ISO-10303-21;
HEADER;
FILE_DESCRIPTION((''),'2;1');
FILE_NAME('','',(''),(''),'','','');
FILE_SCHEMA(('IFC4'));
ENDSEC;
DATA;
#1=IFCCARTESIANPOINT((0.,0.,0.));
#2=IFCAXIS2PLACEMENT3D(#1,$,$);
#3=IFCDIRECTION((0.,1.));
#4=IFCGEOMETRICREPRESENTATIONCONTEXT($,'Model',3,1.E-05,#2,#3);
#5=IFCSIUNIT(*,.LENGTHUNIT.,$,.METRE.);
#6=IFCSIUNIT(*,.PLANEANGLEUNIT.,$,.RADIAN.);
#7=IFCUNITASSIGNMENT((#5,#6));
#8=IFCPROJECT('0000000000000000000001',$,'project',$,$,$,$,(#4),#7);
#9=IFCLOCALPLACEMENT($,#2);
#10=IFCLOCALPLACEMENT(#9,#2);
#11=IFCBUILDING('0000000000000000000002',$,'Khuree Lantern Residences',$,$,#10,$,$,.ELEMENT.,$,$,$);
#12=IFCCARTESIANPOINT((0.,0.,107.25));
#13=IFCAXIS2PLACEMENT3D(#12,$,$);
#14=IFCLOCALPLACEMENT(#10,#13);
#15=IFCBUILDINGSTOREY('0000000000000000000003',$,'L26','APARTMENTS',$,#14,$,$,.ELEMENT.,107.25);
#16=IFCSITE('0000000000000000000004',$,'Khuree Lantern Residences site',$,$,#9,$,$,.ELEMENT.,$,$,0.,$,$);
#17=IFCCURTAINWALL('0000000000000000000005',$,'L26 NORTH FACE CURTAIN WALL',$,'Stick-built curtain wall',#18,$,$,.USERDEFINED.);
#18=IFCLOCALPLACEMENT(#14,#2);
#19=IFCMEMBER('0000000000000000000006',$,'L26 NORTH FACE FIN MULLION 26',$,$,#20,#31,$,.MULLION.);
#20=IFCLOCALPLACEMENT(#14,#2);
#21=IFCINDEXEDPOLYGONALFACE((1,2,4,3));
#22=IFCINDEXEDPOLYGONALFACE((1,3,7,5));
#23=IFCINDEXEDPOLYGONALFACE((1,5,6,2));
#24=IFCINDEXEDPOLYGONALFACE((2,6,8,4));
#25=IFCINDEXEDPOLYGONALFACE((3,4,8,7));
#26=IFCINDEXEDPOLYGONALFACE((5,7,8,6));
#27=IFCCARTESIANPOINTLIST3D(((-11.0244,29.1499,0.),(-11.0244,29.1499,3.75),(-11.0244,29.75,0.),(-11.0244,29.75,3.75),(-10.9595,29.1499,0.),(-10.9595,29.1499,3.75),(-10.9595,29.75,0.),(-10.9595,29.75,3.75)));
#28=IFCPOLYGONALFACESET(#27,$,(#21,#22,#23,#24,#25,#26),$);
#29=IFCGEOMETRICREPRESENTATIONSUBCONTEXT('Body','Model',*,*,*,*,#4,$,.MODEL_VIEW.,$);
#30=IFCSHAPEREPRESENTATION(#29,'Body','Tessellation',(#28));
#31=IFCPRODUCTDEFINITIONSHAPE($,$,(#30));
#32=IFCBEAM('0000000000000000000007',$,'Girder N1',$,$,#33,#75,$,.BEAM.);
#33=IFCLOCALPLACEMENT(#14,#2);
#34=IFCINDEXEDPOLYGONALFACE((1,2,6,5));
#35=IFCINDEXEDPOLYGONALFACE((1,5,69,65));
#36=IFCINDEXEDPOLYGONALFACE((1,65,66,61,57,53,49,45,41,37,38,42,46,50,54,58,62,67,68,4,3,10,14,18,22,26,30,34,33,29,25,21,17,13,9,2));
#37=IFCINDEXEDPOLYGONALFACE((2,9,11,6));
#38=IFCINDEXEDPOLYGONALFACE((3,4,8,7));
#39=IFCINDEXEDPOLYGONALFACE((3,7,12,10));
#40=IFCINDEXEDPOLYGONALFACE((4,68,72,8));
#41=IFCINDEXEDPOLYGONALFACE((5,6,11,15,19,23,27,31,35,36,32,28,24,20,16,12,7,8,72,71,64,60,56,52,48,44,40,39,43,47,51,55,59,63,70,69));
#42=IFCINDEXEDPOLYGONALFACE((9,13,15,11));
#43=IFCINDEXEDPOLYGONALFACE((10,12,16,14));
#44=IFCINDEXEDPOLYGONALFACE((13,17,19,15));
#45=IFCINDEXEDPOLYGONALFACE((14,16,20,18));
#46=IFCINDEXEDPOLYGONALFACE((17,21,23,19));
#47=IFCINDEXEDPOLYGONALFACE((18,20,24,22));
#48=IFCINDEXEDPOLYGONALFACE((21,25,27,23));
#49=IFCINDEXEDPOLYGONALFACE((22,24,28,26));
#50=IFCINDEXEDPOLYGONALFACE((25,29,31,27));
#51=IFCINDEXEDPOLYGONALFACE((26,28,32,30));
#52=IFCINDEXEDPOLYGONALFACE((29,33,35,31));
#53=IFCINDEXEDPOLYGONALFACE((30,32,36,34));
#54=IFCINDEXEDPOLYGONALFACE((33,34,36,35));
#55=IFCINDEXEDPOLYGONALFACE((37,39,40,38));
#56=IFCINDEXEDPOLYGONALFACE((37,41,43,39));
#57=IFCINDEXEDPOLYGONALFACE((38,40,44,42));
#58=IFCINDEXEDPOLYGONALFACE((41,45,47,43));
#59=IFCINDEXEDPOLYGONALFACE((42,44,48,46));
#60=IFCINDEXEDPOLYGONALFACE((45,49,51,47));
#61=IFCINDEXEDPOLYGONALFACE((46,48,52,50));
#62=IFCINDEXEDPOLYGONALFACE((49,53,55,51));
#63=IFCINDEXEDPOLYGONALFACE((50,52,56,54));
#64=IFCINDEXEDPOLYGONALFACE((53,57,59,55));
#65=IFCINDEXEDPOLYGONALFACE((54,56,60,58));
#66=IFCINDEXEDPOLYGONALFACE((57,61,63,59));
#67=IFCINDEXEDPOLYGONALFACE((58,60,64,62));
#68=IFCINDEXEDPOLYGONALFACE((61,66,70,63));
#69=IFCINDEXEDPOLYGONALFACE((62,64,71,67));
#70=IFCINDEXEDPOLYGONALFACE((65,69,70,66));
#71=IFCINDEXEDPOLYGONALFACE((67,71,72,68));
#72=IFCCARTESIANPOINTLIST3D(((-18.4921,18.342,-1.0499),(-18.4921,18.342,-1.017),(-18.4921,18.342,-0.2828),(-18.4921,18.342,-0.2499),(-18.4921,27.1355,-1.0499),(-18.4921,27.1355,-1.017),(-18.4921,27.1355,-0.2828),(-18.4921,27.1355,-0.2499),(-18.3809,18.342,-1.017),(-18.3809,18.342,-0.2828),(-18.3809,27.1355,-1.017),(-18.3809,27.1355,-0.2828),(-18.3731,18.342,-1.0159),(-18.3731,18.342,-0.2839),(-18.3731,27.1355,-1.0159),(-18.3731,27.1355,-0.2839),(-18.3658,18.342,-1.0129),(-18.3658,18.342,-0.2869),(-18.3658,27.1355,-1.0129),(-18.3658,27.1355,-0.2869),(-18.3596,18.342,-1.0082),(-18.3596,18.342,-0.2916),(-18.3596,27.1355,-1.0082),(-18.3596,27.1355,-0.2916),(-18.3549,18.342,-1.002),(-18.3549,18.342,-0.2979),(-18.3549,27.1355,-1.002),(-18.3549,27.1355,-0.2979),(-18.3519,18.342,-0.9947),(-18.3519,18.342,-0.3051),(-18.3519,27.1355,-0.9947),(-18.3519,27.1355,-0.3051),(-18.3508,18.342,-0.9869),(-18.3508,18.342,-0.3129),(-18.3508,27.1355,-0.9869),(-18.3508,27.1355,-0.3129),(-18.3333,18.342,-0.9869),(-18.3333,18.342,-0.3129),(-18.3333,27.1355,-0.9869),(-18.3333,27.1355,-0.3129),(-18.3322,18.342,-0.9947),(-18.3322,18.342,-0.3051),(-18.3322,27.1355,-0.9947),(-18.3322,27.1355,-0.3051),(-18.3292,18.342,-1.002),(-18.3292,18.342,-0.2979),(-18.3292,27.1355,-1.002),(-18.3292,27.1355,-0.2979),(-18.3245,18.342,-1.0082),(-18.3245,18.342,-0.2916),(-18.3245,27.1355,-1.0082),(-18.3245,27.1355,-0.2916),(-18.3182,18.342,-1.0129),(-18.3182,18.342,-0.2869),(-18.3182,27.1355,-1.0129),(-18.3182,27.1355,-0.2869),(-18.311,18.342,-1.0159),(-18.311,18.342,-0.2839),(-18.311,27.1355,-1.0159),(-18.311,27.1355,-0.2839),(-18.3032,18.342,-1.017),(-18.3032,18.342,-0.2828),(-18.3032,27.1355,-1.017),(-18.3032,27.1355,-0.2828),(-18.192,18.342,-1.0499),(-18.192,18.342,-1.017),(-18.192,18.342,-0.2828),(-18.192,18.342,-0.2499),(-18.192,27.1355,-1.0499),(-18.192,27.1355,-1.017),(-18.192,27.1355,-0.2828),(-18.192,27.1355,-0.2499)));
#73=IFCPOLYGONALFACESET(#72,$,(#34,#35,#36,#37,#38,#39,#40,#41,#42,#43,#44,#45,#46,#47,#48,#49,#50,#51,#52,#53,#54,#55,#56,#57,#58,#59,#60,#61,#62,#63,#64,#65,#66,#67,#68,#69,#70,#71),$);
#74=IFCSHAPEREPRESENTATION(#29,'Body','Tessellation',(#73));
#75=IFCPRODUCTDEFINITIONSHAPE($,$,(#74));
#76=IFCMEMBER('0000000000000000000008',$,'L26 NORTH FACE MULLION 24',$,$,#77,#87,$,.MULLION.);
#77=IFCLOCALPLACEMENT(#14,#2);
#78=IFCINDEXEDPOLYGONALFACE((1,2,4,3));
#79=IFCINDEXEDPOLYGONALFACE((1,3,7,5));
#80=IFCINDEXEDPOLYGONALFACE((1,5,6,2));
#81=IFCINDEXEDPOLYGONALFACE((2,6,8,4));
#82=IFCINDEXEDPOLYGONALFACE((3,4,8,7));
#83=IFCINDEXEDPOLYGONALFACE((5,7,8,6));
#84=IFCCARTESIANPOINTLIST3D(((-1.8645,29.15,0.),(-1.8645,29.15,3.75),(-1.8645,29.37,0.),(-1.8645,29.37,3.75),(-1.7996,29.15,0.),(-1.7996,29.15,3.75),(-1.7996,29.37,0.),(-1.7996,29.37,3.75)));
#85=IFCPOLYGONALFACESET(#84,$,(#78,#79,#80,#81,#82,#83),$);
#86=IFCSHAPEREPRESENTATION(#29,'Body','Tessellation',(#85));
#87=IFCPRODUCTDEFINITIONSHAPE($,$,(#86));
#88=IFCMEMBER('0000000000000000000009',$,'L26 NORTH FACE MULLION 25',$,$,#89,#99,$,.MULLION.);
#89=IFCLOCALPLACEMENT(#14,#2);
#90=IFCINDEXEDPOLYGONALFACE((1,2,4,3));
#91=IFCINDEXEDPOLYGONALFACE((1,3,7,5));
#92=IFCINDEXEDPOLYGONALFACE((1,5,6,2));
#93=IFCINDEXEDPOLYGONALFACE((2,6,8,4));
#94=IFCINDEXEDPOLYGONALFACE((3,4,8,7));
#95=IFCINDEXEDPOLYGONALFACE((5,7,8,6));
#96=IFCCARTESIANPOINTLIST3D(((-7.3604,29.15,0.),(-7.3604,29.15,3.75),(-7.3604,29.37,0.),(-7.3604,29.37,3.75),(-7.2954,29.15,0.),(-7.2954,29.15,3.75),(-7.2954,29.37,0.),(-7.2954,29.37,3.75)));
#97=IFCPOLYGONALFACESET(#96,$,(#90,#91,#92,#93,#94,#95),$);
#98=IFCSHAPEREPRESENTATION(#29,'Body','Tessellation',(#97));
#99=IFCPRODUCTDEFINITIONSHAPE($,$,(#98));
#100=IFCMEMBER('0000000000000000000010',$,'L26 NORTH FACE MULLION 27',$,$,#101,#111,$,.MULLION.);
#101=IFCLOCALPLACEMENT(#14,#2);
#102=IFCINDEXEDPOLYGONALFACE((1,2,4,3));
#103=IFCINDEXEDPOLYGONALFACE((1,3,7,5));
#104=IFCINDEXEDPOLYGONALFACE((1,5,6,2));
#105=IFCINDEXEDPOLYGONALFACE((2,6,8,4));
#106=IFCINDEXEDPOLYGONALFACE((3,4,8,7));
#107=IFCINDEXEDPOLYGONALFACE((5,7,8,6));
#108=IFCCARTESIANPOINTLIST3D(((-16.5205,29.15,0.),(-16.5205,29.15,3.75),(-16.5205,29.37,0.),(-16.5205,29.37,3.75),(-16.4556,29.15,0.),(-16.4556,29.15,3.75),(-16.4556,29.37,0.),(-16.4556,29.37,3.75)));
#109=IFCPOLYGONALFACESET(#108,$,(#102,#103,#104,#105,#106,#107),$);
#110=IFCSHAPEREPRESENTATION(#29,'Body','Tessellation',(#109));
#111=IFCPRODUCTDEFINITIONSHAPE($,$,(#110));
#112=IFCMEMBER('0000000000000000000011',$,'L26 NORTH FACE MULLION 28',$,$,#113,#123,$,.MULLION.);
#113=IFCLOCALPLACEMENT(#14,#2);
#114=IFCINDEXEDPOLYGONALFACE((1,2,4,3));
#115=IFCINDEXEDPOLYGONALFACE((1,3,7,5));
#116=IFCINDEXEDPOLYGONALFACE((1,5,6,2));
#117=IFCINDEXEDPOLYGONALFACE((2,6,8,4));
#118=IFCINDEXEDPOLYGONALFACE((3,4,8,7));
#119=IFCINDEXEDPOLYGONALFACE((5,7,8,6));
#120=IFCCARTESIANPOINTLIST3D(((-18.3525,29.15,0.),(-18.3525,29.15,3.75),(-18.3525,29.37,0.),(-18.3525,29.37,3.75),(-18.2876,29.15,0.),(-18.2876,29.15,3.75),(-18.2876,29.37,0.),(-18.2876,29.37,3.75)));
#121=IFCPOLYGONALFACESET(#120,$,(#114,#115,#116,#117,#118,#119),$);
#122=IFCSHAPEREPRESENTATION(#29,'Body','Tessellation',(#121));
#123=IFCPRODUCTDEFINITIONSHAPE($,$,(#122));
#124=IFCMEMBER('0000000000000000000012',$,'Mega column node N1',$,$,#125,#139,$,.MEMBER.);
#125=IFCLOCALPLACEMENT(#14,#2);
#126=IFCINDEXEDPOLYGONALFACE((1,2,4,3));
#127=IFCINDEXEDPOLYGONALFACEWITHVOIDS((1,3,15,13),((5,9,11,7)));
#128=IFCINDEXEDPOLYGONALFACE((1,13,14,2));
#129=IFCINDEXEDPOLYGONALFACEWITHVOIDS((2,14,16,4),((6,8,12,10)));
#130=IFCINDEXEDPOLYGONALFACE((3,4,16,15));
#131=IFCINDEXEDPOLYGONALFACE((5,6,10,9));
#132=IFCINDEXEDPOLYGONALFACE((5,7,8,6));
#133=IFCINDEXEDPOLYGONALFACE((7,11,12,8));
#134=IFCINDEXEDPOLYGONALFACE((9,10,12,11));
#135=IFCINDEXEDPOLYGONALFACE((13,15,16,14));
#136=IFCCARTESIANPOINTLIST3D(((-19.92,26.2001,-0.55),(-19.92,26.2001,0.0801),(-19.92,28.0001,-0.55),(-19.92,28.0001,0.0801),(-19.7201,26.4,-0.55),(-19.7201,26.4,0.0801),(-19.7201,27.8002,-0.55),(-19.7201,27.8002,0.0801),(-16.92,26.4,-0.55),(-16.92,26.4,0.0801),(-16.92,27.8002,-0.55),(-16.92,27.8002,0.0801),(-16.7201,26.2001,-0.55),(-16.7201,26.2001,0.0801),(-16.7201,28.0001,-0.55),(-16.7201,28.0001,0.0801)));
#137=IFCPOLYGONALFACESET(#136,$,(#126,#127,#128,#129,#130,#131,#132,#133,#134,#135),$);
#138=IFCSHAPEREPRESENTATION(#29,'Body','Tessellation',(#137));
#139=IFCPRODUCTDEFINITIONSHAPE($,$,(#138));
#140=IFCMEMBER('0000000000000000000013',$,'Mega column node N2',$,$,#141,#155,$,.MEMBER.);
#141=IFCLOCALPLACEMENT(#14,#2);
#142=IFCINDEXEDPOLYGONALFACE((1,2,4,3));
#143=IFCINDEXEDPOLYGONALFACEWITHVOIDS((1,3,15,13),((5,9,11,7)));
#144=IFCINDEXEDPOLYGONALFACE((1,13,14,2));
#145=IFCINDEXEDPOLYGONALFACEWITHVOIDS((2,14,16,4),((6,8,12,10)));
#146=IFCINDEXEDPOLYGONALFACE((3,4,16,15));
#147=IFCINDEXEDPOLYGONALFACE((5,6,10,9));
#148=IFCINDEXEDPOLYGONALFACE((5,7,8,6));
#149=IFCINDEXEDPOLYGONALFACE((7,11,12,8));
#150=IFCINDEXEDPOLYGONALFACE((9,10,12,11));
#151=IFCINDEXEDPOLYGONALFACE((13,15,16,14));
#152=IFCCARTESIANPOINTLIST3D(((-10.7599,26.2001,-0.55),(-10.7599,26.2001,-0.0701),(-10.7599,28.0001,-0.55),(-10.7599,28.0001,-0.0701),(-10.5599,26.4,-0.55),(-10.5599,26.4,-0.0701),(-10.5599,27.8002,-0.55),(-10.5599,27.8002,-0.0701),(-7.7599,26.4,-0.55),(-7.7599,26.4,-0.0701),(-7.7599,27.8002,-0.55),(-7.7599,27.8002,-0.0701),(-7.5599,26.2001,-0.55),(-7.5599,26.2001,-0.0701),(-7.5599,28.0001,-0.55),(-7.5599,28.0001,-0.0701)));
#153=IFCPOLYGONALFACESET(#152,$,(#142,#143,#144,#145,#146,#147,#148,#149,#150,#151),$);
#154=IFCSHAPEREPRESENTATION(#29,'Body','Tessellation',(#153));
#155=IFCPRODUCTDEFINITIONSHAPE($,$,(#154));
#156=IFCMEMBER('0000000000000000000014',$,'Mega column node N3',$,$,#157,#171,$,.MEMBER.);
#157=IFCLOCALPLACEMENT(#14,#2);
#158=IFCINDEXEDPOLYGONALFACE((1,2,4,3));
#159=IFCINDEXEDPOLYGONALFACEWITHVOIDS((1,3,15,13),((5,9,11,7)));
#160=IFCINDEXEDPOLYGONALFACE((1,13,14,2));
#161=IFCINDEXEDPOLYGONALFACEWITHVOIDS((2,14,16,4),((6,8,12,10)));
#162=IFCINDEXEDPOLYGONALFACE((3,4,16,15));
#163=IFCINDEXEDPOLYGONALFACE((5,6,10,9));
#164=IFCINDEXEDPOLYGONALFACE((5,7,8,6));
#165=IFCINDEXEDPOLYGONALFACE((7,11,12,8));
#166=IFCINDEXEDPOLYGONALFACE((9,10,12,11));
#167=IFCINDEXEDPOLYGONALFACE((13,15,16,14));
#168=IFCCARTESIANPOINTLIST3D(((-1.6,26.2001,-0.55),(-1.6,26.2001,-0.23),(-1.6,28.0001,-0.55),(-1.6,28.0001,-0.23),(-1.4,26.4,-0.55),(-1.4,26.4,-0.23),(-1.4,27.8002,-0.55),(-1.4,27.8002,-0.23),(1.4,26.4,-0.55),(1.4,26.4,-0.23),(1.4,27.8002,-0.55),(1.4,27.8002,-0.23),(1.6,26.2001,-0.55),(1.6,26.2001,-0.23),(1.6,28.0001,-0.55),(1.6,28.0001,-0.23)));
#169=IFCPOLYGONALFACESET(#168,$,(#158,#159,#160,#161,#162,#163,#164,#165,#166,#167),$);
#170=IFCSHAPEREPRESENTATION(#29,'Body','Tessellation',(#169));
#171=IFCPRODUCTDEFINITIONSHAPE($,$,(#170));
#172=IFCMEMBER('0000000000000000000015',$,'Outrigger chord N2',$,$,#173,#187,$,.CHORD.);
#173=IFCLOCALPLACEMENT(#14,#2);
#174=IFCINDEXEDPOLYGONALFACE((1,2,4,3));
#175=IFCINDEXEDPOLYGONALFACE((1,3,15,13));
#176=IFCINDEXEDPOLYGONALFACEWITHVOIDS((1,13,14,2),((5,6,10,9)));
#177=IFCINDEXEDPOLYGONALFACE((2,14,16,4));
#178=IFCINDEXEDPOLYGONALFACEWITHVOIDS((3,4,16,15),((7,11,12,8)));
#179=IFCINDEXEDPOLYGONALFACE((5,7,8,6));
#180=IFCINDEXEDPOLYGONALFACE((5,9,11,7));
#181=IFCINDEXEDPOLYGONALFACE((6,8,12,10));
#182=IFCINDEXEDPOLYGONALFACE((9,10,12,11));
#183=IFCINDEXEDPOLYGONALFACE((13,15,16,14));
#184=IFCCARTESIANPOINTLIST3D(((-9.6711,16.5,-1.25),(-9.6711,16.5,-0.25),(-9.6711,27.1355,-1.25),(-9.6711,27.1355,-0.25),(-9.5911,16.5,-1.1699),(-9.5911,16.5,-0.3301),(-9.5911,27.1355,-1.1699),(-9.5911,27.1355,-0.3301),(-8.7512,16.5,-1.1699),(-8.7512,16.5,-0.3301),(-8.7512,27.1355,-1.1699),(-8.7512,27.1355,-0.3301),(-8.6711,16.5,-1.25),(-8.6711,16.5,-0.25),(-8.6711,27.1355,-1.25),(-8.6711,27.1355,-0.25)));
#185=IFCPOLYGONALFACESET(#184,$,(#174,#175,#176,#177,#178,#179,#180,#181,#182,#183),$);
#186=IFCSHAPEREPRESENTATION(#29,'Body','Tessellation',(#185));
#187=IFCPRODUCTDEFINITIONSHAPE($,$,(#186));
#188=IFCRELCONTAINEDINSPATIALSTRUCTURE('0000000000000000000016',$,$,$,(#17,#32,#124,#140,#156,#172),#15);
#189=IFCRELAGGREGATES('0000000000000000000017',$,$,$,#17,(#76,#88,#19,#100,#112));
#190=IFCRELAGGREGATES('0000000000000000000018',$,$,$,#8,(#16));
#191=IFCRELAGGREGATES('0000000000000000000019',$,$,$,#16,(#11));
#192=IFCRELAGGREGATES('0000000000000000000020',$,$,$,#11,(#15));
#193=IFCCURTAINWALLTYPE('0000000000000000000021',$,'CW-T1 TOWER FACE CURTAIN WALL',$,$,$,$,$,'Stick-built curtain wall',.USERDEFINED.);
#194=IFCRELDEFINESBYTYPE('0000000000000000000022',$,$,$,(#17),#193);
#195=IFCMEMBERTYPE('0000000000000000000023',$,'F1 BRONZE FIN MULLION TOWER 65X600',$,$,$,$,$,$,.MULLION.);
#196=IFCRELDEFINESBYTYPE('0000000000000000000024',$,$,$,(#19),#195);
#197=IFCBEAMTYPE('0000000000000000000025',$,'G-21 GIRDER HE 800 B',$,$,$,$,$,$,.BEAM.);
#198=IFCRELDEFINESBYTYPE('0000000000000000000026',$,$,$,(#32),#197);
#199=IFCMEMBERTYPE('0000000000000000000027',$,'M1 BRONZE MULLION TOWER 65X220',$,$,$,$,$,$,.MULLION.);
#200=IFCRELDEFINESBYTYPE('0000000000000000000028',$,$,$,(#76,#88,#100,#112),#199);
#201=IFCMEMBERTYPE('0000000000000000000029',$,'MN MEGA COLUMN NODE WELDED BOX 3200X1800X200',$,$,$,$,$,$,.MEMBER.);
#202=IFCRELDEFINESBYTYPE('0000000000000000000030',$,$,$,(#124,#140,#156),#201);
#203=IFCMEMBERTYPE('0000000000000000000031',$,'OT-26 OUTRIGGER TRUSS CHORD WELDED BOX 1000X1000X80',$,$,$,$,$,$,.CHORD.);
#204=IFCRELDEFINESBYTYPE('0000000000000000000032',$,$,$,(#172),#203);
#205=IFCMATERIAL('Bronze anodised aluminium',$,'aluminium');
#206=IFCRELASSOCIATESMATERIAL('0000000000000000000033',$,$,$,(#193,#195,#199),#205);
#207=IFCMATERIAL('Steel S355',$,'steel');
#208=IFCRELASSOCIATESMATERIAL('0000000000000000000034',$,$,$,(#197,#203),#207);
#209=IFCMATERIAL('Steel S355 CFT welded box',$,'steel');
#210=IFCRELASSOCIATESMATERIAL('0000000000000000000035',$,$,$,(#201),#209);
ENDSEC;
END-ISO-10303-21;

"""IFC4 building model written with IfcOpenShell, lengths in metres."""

from ifc_helpers import new_model, si_unit, direction, frame, origin, origin_2d, place, context, subcontext, project, spatial, rectangle, hollow_rectangle, i_section, extrude, material, material_profile, profile_set, type_object, element, aggregate, save


model = new_model("IFC4")

# Units and contexts
model_context = context("Model", 3, precision=1e-05, world=origin(), true_north=direction((0.0, 1.0)))
body_context = subcontext(model_context, "Body", "Model", "MODEL_VIEW")
ifc_project = project(units=[si_unit("LENGTHUNIT", "METRE"), si_unit("PLANEANGLEUNIT", "RADIAN")], contexts=[model_context])

# Site, building, storey
site_placement = place(None, origin())
site = spatial("IfcSite", under=ifc_project, at=site_placement, Name="Khuree Lantern Residences site", CompositionType="ELEMENT", RefElevation=0.0)
building_placement = place(site_placement, origin())
building = spatial("IfcBuilding", under=site, at=building_placement, Name="Khuree Lantern Residences", CompositionType="ELEMENT")
storey_placement = place(building_placement, frame((0.0, 0.0, 107.25)))
storey = spatial("IfcBuildingStorey", under=building, at=storey_placement, Name="L26", Description="APARTMENTS", CompositionType="ELEMENT", Elevation=107.25)

# Shared definitions
ifc_material_1 = material(Name="Steel S355 CFT welded box", Category="steel")

# Shared definitions
ifc_material_2 = material(Name="Steel S355", Category="steel")

# Curtain wall, member
ifc_material_3 = material(Name="Bronze anodised aluminium", Category="aluminium")
curtain_wall_type = type_object("IfcCurtainWallType", Name="CW-T1 TOWER FACE CURTAIN WALL", ElementType="Stick-built curtain wall", PredefinedType="USERDEFINED", material=ifc_material_3)
curtain_wall_placement = place(storey_placement, origin())
curtain_wall = element("IfcCurtainWall", 1, at=curtain_wall_placement, inside=storey, type_object=curtain_wall_type, Name="L26 NORTH FACE CURTAIN WALL", ObjectType="Stick-built curtain wall", PredefinedType="USERDEFINED")
ifc_material_profile_1 = material_profile(ifc_material_3, rectangle(XDim=0.0649, YDim=0.6001, at=origin_2d()), Name="F1 65X600")
ifc_profile_set_1 = profile_set([ifc_material_profile_1], Name="Bronze anodised aluminium")
member_type_1 = type_object("IfcMemberType", Name="F1 BRONZE FIN MULLION TOWER 65X600", PredefinedType="MULLION", material=ifc_profile_set_1)
member_1_placement = place(storey_placement, frame((-10.9919, 29.45, 0.0), z_axis=(0.0, 0.0, 1.0), x_axis=(-1.0, 0.0, 0.0)))
member_1 = element("IfcMember", 2, at=member_1_placement, type_object=member_type_1, Name="L26 NORTH FACE FIN MULLION 26", PredefinedType="MULLION", context=body_context, shape_type="SweptSolid", body=[
    extrude(rectangle(XDim=0.0649, YDim=0.6001, at=origin_2d()), origin(), (0.0, 0.0, 1.0), 3.75),
])

# Beam
ifc_material_profile_2 = material_profile(ifc_material_2, i_section(OverallWidth=0.3, OverallDepth=0.8, WebThickness=0.0176, FlangeThickness=0.033, FilletRadius=0.03, at=origin_2d()), Name="HE 800 B")
ifc_profile_set_2 = profile_set([ifc_material_profile_2], Name="Steel S355")
beam_type_1 = type_object("IfcBeamType", Name="G-21 GIRDER HE 800 B", PredefinedType="BEAM", material=ifc_profile_set_2)
beam_placement = place(storey_placement, frame((-18.342, 27.1355, -0.6499), z_axis=(0.0, -1.0, 0.0), x_axis=(1.0, 0.0, 0.0)))
element("IfcBeam", 3, at=beam_placement, inside=storey, type_object=beam_type_1, Name="Girder N1", PredefinedType="BEAM", context=body_context, shape_type="SweptSolid", body=[
    extrude(i_section(OverallWidth=0.3, OverallDepth=0.8, WebThickness=0.0176, FlangeThickness=0.033, FilletRadius=0.03, at=origin_2d()), origin(), (0.0, 0.0, 1.0), 8.7935),
])

# Members
ifc_material_profile_3 = material_profile(ifc_material_3, rectangle(XDim=0.0649, YDim=0.22, at=origin_2d()), Name="M1 65X220")
ifc_profile_set_3 = profile_set([ifc_material_profile_3], Name="Bronze anodised aluminium")
member_type_2 = type_object("IfcMemberType", Name="M1 BRONZE MULLION TOWER 65X220", PredefinedType="MULLION", material=ifc_profile_set_3)
member_2_placement = place(storey_placement, frame((-1.832, 29.26, 0.0), z_axis=(0.0, 0.0, 1.0), x_axis=(-1.0, 0.0, 0.0)))
member_2 = element("IfcMember", 4, at=member_2_placement, type_object=member_type_2, Name="L26 NORTH FACE MULLION 24", PredefinedType="MULLION", context=body_context, shape_type="SweptSolid", body=[
    extrude(rectangle(XDim=0.0649, YDim=0.22, at=origin_2d()), origin(), (0.0, 0.0, 1.0), 3.75),
])
member_3_placement = place(storey_placement, frame((-7.3279, 29.26, 0.0), z_axis=(0.0, 0.0, 1.0), x_axis=(-1.0, 0.0, 0.0)))
member_3 = element("IfcMember", 5, at=member_3_placement, type_object=member_type_2, Name="L26 NORTH FACE MULLION 25", PredefinedType="MULLION", context=body_context, shape_type="SweptSolid", body=[
    extrude(rectangle(XDim=0.0649, YDim=0.22, at=origin_2d()), origin(), (0.0, 0.0, 1.0), 3.75),
])
member_4_placement = place(storey_placement, frame((-16.488, 29.26, 0.0), z_axis=(0.0, 0.0, 1.0), x_axis=(-1.0, 0.0, 0.0)))
member_4 = element("IfcMember", 6, at=member_4_placement, type_object=member_type_2, Name="L26 NORTH FACE MULLION 27", PredefinedType="MULLION", context=body_context, shape_type="SweptSolid", body=[
    extrude(rectangle(XDim=0.0649, YDim=0.22, at=origin_2d()), origin(), (0.0, 0.0, 1.0), 3.75),
])
member_5_placement = place(storey_placement, frame((-18.3201, 29.26, 0.0), z_axis=(0.0, 0.0, 1.0), x_axis=(-1.0, 0.0, 0.0)))
member_5 = element("IfcMember", 7, at=member_5_placement, type_object=member_type_2, Name="L26 NORTH FACE MULLION 28", PredefinedType="MULLION", context=body_context, shape_type="SweptSolid", body=[
    extrude(rectangle(XDim=0.0649, YDim=0.22, at=origin_2d()), origin(), (0.0, 0.0, 1.0), 3.75),
])

# Members
ifc_material_profile_4 = material_profile(ifc_material_1, hollow_rectangle(XDim=3.2, YDim=1.8, WallThickness=0.2, at=origin_2d()), Name="WELDED BOX 3200X1800X200")
ifc_profile_set_4 = profile_set([ifc_material_profile_4], Name="Steel S355 CFT welded box")
member_type_3 = type_object("IfcMemberType", Name="MN MEGA COLUMN NODE WELDED BOX 3200X1800X200", PredefinedType="MEMBER", material=ifc_profile_set_4)
member_6_placement = place(storey_placement, frame((-18.3201, 27.1001, -0.55), z_axis=(0.0, 0.0, 1.0), x_axis=(1.0, 0.0, 0.0)))
element("IfcMember", 8, at=member_6_placement, inside=storey, type_object=member_type_3, Name="Mega column node N1", PredefinedType="MEMBER", context=body_context, shape_type="SweptSolid", body=[
    extrude(hollow_rectangle(XDim=3.2, YDim=1.8, WallThickness=0.2, at=origin_2d()), origin(), (0.0, 0.0, 1.0), 0.6301),
])
member_7_placement = place(storey_placement, frame((-9.1599, 27.1001, -0.55), z_axis=(0.0, 0.0, 1.0), x_axis=(1.0, 0.0, 0.0)))
element("IfcMember", 9, at=member_7_placement, inside=storey, type_object=member_type_3, Name="Mega column node N2", PredefinedType="MEMBER", context=body_context, shape_type="SweptSolid", body=[
    extrude(hollow_rectangle(XDim=3.2, YDim=1.8, WallThickness=0.2, at=origin_2d()), origin(), (0.0, 0.0, 1.0), 0.48),
])
member_8_placement = place(storey_placement, frame((0.0, 27.1001, -0.55), z_axis=(0.0, 0.0, 1.0), x_axis=(1.0, 0.0, 0.0)))
element("IfcMember", 10, at=member_8_placement, inside=storey, type_object=member_type_3, Name="Mega column node N3", PredefinedType="MEMBER", context=body_context, shape_type="SweptSolid", body=[
    extrude(hollow_rectangle(XDim=3.2, YDim=1.8, WallThickness=0.2, at=origin_2d()), origin(), (0.0, 0.0, 1.0), 0.3201),
])
ifc_material_profile_5 = material_profile(ifc_material_2, hollow_rectangle(XDim=1.0, YDim=1.0, WallThickness=0.0801, at=origin_2d()), Name="WELDED BOX 1000X1000X80")
ifc_profile_set_5 = profile_set([ifc_material_profile_5], Name="Steel S355")
member_type_4 = type_object("IfcMemberType", Name="OT-26 OUTRIGGER TRUSS CHORD WELDED BOX 1000X1000X80", PredefinedType="CHORD", material=ifc_profile_set_5)
for number, where, z_axis, x_axis, name in (
    (11, (-9.1711, 27.1355, -0.75), (0.0, -1.0, 0.0), (1.0, 0.0, 0.0), "Outrigger chord N2"),
):
    element("IfcMember", number, at=place(storey_placement, frame(where, z_axis=z_axis, x_axis=x_axis)), inside=storey, type_object=member_type_4, Name=name, PredefinedType="CHORD", context=body_context, shape_type="SweptSolid", body=[
        extrude(hollow_rectangle(XDim=1.0, YDim=1.0, WallThickness=0.0801, at=origin_2d()), origin(), (0.0, 0.0, 1.0), 10.6355),
    ])

aggregate(curtain_wall, [member_2, member_3, member_1, member_4, member_5])

save(model, "model.ifc")
